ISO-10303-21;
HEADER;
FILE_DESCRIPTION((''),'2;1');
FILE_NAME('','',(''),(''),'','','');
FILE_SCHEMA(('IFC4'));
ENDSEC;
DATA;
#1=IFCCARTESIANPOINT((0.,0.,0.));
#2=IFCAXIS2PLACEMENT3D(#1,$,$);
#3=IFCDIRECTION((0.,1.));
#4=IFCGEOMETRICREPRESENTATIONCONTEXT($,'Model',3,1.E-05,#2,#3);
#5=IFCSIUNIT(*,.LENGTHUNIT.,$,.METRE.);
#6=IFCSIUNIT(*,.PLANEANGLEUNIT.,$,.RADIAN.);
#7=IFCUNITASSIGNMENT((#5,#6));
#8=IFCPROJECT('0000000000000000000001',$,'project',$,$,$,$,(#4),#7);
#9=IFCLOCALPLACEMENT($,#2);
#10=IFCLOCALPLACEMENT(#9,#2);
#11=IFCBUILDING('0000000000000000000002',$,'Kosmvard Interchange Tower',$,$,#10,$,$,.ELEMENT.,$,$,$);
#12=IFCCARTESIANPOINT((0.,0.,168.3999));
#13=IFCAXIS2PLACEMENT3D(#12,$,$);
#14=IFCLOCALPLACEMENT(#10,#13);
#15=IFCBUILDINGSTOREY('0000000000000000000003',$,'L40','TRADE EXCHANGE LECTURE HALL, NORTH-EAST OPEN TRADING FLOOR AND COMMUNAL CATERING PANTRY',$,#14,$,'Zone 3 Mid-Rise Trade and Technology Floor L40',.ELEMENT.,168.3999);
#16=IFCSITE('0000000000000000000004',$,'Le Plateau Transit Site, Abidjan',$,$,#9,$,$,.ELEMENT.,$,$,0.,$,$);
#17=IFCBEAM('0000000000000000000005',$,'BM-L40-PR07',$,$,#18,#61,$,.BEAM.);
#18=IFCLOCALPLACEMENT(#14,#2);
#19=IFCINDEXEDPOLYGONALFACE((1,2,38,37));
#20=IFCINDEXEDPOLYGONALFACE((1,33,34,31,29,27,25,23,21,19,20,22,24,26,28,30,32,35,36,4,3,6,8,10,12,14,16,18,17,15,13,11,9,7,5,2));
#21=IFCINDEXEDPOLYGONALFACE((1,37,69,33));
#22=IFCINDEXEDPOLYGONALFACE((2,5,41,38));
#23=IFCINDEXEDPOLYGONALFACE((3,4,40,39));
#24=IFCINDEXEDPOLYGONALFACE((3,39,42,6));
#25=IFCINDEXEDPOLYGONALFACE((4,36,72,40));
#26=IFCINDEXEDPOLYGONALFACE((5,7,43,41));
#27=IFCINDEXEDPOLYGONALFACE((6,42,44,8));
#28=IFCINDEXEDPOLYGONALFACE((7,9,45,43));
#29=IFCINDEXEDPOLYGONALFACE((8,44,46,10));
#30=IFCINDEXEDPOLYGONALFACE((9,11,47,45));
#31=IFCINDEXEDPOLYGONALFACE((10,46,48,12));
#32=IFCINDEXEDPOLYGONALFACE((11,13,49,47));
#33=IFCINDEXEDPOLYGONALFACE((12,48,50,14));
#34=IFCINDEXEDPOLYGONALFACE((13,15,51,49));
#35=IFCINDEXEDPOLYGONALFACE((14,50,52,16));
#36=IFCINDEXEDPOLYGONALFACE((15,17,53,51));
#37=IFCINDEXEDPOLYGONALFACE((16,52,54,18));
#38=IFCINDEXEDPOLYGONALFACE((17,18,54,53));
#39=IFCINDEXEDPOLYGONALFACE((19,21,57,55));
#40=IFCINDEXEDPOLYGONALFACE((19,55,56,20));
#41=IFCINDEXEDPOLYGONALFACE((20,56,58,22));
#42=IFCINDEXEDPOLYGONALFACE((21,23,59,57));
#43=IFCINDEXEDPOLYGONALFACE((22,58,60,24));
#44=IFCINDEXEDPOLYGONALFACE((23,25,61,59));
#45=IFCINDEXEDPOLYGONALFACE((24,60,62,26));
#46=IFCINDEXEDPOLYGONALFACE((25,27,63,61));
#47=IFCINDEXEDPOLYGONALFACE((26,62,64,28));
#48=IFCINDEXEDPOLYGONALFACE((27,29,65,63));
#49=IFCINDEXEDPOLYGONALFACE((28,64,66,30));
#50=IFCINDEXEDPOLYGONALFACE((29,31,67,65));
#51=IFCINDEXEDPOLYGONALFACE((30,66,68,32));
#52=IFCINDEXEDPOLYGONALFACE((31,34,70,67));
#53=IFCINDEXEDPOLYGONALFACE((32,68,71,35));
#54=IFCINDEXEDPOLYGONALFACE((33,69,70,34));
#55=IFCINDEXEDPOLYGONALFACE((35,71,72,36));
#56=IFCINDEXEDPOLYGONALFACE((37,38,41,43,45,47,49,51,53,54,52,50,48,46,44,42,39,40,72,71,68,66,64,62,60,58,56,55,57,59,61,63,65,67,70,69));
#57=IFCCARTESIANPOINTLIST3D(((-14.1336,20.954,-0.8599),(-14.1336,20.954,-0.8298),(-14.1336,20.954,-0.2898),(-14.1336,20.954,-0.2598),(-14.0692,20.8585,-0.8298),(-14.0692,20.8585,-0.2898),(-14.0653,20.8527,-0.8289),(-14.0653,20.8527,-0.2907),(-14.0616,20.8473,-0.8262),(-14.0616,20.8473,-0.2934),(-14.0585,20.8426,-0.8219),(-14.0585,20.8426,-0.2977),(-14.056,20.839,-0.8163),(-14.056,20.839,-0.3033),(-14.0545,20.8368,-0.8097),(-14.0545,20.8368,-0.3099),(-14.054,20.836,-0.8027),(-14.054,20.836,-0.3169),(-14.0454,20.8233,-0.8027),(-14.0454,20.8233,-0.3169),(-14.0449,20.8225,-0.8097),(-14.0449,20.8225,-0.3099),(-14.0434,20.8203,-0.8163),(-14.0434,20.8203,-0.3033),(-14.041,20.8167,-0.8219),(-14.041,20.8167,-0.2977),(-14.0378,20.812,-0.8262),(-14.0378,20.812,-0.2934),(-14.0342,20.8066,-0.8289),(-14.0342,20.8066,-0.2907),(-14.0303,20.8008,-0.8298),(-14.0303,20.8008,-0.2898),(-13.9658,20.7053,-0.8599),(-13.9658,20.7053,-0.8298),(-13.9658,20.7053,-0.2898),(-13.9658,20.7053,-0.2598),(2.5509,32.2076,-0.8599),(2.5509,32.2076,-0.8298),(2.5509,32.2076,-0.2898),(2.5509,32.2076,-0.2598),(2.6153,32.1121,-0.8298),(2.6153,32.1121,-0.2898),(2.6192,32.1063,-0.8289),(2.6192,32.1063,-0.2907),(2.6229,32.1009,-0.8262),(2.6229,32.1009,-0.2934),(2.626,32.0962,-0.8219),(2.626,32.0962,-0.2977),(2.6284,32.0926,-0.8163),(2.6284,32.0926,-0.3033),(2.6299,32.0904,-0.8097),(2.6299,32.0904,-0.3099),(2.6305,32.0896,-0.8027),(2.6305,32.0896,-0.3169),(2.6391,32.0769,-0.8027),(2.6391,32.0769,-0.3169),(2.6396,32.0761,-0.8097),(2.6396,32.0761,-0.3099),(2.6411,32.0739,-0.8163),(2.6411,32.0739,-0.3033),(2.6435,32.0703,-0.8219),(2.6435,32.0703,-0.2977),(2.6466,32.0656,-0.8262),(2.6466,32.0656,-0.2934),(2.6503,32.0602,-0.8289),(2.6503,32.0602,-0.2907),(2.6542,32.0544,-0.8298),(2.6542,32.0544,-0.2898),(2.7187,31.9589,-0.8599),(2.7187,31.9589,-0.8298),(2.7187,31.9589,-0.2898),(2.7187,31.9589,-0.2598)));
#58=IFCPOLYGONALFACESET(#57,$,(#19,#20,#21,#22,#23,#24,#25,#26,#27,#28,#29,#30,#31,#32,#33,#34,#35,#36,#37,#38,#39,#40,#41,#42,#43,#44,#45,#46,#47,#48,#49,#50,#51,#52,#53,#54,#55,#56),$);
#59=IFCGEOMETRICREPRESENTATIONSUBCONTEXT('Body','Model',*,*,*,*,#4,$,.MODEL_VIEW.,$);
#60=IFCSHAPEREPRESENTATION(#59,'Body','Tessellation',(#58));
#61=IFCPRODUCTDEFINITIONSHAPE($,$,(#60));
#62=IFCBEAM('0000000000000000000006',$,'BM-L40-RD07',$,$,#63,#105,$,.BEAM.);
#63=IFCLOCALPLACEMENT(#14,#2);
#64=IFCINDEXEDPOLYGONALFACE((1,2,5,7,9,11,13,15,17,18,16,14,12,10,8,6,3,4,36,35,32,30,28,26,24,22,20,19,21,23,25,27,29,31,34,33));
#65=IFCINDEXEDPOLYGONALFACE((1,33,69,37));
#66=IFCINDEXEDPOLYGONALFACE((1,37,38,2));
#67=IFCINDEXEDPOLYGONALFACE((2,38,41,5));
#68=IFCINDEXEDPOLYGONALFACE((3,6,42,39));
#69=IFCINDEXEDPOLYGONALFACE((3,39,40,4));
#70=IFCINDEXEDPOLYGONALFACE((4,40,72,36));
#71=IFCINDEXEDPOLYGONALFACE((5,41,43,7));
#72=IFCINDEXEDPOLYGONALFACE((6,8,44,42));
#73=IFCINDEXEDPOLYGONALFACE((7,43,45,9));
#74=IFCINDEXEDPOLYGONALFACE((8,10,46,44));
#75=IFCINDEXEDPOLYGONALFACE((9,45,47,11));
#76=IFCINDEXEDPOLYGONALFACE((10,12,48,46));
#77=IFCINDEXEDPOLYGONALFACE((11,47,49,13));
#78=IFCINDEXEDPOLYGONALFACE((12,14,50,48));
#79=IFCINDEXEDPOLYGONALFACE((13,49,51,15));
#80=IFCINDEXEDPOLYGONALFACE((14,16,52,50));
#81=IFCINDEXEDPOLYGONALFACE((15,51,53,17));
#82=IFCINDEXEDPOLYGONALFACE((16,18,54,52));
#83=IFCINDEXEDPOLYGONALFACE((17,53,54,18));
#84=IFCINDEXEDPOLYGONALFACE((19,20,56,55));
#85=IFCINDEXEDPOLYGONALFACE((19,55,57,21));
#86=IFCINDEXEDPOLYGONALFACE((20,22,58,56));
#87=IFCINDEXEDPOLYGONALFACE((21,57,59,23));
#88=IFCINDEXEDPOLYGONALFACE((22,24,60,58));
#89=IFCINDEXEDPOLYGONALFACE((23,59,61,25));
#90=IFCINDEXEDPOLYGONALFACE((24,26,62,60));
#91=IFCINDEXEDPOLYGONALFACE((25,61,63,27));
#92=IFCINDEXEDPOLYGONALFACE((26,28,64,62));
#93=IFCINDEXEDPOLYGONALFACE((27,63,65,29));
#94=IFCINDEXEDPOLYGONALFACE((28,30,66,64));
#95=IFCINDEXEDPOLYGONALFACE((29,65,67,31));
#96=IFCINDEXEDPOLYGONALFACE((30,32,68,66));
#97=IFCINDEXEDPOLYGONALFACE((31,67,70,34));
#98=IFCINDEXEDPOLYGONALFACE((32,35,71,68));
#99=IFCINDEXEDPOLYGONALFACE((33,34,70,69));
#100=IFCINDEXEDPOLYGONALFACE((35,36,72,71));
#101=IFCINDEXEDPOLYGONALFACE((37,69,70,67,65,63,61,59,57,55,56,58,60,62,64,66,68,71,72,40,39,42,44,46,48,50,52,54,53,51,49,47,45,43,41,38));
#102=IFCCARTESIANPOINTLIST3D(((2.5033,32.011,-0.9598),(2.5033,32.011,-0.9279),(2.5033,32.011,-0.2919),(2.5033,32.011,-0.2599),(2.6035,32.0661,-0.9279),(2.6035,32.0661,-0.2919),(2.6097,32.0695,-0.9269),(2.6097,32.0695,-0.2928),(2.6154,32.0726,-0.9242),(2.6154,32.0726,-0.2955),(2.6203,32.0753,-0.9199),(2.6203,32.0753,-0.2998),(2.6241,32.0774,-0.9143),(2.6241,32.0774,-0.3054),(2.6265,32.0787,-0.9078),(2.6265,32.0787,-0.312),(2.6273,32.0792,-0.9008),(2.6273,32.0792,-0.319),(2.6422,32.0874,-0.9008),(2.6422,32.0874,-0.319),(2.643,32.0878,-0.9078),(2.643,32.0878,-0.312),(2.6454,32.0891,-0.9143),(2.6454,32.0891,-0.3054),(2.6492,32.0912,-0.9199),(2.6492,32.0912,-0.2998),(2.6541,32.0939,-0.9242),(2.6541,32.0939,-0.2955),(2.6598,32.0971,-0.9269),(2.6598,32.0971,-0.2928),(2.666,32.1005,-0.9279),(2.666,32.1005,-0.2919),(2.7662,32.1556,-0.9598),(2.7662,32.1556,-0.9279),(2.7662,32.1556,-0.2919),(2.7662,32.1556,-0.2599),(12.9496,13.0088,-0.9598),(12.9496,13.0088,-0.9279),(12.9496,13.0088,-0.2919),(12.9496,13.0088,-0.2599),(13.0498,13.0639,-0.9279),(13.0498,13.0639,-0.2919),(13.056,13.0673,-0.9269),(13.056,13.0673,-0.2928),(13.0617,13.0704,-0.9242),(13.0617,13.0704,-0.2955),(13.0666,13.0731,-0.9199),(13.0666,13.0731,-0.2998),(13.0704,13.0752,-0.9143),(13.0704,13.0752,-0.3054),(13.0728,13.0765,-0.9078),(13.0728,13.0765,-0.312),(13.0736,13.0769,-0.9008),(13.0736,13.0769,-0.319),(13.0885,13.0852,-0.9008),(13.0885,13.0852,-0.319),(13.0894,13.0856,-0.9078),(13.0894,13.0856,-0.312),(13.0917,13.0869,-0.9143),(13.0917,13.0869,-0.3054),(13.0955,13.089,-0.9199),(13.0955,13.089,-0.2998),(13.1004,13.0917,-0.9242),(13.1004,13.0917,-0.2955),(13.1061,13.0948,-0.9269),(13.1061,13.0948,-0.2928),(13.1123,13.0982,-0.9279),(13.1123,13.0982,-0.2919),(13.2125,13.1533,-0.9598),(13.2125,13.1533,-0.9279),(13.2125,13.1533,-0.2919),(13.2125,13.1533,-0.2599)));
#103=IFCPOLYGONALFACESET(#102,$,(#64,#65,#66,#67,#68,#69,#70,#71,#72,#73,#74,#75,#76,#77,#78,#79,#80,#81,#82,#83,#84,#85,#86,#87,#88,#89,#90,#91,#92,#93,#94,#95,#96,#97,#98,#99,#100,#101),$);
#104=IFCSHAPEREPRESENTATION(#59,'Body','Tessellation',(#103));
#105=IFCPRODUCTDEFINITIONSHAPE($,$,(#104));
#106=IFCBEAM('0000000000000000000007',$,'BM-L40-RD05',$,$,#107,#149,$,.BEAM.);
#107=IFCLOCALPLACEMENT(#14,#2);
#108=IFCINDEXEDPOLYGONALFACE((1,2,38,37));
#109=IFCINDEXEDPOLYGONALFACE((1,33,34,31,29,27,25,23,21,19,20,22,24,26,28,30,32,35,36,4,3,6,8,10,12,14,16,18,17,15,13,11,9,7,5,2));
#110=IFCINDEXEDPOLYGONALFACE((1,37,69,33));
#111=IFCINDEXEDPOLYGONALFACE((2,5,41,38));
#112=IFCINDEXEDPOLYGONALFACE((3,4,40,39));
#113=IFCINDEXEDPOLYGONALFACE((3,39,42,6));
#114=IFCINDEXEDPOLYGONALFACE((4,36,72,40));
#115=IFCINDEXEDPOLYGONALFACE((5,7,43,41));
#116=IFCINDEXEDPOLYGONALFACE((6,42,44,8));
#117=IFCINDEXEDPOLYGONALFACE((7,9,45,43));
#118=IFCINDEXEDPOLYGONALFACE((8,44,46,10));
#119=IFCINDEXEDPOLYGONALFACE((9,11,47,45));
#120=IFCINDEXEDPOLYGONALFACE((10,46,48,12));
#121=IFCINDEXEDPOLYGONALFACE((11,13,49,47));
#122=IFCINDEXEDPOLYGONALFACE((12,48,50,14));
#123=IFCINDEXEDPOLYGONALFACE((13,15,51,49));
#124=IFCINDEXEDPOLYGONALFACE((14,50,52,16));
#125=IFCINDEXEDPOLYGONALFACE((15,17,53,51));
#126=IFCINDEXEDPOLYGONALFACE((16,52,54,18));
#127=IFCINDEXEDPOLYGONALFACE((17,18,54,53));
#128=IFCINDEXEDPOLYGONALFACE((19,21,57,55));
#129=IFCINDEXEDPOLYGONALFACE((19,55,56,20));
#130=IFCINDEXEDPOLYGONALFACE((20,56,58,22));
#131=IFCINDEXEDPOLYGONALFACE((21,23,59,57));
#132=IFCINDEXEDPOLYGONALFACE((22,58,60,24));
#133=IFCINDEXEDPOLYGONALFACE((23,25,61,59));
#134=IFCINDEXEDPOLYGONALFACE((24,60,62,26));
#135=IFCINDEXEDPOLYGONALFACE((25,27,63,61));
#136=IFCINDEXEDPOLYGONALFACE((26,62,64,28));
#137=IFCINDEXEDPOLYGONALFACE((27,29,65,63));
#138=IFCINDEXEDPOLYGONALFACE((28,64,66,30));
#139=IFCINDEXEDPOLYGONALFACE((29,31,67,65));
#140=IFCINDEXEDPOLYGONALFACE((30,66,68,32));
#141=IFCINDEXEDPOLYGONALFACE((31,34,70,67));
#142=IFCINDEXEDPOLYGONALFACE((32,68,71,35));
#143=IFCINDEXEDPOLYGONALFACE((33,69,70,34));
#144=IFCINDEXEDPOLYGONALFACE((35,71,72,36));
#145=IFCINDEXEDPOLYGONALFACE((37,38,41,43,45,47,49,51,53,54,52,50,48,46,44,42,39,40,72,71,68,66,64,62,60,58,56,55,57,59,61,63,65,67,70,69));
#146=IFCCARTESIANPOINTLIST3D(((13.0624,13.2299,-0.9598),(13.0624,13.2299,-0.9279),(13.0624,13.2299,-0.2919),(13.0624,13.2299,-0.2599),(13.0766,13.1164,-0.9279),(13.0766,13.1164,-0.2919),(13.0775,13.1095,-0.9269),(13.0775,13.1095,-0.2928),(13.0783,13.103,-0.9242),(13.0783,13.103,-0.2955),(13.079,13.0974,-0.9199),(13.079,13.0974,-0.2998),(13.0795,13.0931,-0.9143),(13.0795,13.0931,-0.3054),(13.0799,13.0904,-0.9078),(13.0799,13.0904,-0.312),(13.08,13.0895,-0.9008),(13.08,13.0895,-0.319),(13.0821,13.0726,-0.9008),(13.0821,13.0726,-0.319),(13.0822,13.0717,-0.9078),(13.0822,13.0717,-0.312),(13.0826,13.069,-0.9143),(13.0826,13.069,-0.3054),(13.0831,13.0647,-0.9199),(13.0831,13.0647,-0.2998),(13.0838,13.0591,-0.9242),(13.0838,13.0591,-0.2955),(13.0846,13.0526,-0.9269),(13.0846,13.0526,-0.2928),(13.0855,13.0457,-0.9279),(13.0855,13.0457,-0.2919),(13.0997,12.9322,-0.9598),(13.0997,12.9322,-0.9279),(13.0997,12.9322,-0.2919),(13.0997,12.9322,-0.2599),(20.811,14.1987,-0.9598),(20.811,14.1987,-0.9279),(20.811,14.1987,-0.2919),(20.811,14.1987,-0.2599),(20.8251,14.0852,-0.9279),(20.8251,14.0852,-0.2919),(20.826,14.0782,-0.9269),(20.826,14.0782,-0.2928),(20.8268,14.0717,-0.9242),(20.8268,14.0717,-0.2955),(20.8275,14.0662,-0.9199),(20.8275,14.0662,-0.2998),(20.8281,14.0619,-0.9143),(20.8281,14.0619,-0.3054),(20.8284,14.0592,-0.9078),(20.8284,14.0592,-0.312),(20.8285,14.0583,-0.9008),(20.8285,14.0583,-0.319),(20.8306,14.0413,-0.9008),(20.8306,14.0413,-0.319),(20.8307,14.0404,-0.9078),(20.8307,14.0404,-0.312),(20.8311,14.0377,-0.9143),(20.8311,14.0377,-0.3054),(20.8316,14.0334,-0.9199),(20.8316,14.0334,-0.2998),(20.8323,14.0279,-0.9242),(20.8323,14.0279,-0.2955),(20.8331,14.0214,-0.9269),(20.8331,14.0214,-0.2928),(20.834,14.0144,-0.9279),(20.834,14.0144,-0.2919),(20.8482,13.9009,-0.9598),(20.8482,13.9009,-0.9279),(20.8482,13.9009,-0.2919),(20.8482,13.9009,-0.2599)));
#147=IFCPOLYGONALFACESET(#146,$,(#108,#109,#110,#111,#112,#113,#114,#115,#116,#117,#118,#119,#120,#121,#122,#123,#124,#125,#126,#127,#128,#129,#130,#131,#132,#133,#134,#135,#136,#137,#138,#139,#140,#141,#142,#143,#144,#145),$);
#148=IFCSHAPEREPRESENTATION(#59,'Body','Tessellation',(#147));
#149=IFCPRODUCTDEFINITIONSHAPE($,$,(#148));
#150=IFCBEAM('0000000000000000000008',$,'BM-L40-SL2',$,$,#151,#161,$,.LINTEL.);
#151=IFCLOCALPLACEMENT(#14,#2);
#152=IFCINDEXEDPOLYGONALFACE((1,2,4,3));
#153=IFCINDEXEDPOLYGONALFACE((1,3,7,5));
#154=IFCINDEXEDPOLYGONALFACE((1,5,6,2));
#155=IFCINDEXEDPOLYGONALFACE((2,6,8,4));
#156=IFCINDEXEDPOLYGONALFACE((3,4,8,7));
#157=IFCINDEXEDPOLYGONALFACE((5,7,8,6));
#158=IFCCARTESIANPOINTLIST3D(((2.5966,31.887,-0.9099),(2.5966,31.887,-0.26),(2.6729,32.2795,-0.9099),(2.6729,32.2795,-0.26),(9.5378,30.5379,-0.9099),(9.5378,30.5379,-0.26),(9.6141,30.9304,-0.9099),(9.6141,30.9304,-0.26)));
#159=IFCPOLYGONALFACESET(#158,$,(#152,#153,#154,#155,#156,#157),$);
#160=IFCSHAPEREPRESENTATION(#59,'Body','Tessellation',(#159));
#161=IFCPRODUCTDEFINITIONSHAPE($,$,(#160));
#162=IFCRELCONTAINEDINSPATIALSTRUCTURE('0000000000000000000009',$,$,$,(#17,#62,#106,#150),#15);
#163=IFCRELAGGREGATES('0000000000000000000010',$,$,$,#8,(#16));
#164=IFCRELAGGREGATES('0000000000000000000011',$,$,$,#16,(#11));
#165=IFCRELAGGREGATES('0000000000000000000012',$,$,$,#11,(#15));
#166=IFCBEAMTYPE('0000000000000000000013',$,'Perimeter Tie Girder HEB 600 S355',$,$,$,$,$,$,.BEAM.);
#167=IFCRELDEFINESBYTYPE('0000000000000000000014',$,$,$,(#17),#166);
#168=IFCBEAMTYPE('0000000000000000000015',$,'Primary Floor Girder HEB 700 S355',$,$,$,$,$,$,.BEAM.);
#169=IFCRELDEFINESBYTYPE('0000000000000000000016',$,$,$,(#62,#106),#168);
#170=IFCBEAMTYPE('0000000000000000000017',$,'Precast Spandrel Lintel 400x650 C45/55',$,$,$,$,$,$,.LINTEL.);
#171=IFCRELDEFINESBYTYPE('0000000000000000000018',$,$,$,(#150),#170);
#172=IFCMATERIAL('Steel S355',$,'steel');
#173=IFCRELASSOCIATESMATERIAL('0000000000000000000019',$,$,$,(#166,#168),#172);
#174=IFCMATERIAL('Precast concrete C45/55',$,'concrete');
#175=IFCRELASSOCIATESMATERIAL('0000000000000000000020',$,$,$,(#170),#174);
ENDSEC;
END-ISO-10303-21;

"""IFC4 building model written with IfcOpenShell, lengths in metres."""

from ifc_helpers import new_model, si_unit, direction, frame, origin, origin_2d, place, context, subcontext, project, spatial, rectangle, i_section, extrude, source, transform, mapped, material, material_profile, profile_set, type_object, element, save


model = new_model("IFC4")

# Units and contexts
model_context = context("Model", 3, precision=1e-05, world=origin(), true_north=direction((0.0, 1.0)))
body_context = subcontext(model_context, "Body", "Model", "MODEL_VIEW")
ifc_project = project(units=[si_unit("LENGTHUNIT", "METRE"), si_unit("PLANEANGLEUNIT", "RADIAN")], contexts=[model_context])

# Site, building, storey
site_placement = place(None, origin())
site = spatial("IfcSite", under=ifc_project, at=site_placement, Name="Le Plateau Transit Site, Abidjan", CompositionType="ELEMENT", RefElevation=0.0)
building_placement = place(site_placement, origin())
building = spatial("IfcBuilding", under=site, at=building_placement, Name="Kosmvard Interchange Tower", CompositionType="ELEMENT")
storey_placement = place(building_placement, frame((0.0, 0.0, 168.3999)))
storey = spatial("IfcBuildingStorey", under=building, at=storey_placement, Name="L40", Description="TRADE EXCHANGE LECTURE HALL, NORTH-EAST OPEN TRADING FLOOR AND COMMUNAL CATERING PANTRY", LongName="Zone 3 Mid-Rise Trade and Technology Floor L40", CompositionType="ELEMENT", Elevation=168.3999)

# Beams
ifc_material_1 = material(Name="Steel S355", Category="steel")
ifc_material_profile_1 = material_profile(ifc_material_1, i_section(OverallWidth=0.3, OverallDepth=0.6001, WebThickness=0.0154, FlangeThickness=0.03, FilletRadius=0.0271, at=origin_2d()), Name="HEB 600")
ifc_profile_set_1 = profile_set([ifc_material_profile_1], Name="Steel S355")
beam_type_1 = type_object("IfcBeamType", Name="Perimeter Tie Girder HEB 600 S355", PredefinedType="BEAM", material=ifc_profile_set_1)
shared_shape_1 = source(origin(), body_context, "Body", "SweptSolid", [
    extrude(i_section(OverallWidth=0.3, OverallDepth=0.6001, WebThickness=0.0154, FlangeThickness=0.03, FilletRadius=0.0271, at=origin_2d()), origin(), (0.0, 0.0, 1.0), 20.125),
])
for number, where, z_axis, x_axis, name in (
    (1, (2.6348, 32.0833, -0.5598), (-0.829043, -0.559185, 0.0), (0.559185, -0.829043, 0.0), "BM-L40-PR07"),
):
    element("IfcBeam", number, at=place(storey_placement, frame(where, z_axis=z_axis, x_axis=x_axis)), inside=storey, type_object=beam_type_1, Name=name, PredefinedType="BEAM", context=body_context, shape_type="MappedRepresentation", body=[
        mapped(shared_shape_1, transform((0.0, 0.0, 0.0), scale=1.0)),
    ])
ifc_material_profile_2 = material_profile(ifc_material_1, i_section(OverallWidth=0.3, OverallDepth=0.7, WebThickness=0.0171, FlangeThickness=0.032, FilletRadius=0.0271, at=origin_2d()), Name="HEB 700")
ifc_profile_set_2 = profile_set([ifc_material_profile_2], Name="Steel S355")
beam_type_2 = type_object("IfcBeamType", Name="Primary Floor Girder HEB 700 S355", PredefinedType="BEAM", material=ifc_profile_set_2)
shared_shape_2 = source(origin(), body_context, "Body", "SweptSolid", [
    extrude(i_section(OverallWidth=0.3, OverallDepth=0.7, WebThickness=0.0171, FlangeThickness=0.032, FilletRadius=0.0271, at=origin_2d()), origin(), (0.0, 0.0, 1.0), 21.6843),
])
beam_1_placement = place(storey_placement, frame((13.0811, 13.0811, -0.6099), z_axis=(-0.481745, 0.876312, 0.0), x_axis=(-0.876312, -0.481745, 0.0)))
element("IfcBeam", 2, at=beam_1_placement, inside=storey, type_object=beam_type_2, Name="BM-L40-RD07", PredefinedType="BEAM", context=body_context, shape_type="MappedRepresentation", body=[
    mapped(shared_shape_2, transform((0.0, 0.0, 0.0), scale=1.0)),
])
shared_shape_3 = source(origin(), body_context, "Body", "SweptSolid", [
    extrude(i_section(OverallWidth=0.3, OverallDepth=0.7, WebThickness=0.0171, FlangeThickness=0.032, FilletRadius=0.0271, at=origin_2d()), origin(), (0.0, 0.0, 1.0), 7.8088),
])
beam_2_placement = place(storey_placement, frame((13.0811, 13.0811, -0.6099), z_axis=(0.992275, 0.124058, 0.0), x_axis=(-0.124058, 0.992275, 0.0)))
element("IfcBeam", 3, at=beam_2_placement, inside=storey, type_object=beam_type_2, Name="BM-L40-RD05", PredefinedType="BEAM", context=body_context, shape_type="MappedRepresentation", body=[
    mapped(shared_shape_3, transform((0.0, 0.0, 0.0), scale=1.0)),
])
ifc_material_2 = material(Name="Precast concrete C45/55", Category="concrete")
ifc_material_profile_3 = material_profile(ifc_material_2, rectangle(XDim=0.3999, YDim=0.6499, at=origin_2d()), Name="SL 400x650")
ifc_profile_set_3 = profile_set([ifc_material_profile_3], Name="Precast concrete C45/55")
beam_type_3 = type_object("IfcBeamType", Name="Precast Spandrel Lintel 400x650 C45/55", PredefinedType="LINTEL", material=ifc_profile_set_3)
shared_shape_4 = source(origin(), body_context, "Body", "SweptSolid", [
    extrude(rectangle(XDim=0.3999, YDim=0.6499, at=origin_2d()), origin(), (0.0, 0.0, 1.0), 7.071),
])
beam_3_placement = place(storey_placement, frame((9.5759, 30.7341, -0.585), z_axis=(-0.98163, 0.190795, 0.0), x_axis=(-0.190795, -0.98163, 0.0)))
element("IfcBeam", 4, at=beam_3_placement, inside=storey, type_object=beam_type_3, Name="BM-L40-SL2", PredefinedType="LINTEL", context=body_context, shape_type="MappedRepresentation", body=[
    mapped(shared_shape_4, transform((0.0, 0.0, 0.0), scale=1.0)),
])

save(model, "model.ifc")
